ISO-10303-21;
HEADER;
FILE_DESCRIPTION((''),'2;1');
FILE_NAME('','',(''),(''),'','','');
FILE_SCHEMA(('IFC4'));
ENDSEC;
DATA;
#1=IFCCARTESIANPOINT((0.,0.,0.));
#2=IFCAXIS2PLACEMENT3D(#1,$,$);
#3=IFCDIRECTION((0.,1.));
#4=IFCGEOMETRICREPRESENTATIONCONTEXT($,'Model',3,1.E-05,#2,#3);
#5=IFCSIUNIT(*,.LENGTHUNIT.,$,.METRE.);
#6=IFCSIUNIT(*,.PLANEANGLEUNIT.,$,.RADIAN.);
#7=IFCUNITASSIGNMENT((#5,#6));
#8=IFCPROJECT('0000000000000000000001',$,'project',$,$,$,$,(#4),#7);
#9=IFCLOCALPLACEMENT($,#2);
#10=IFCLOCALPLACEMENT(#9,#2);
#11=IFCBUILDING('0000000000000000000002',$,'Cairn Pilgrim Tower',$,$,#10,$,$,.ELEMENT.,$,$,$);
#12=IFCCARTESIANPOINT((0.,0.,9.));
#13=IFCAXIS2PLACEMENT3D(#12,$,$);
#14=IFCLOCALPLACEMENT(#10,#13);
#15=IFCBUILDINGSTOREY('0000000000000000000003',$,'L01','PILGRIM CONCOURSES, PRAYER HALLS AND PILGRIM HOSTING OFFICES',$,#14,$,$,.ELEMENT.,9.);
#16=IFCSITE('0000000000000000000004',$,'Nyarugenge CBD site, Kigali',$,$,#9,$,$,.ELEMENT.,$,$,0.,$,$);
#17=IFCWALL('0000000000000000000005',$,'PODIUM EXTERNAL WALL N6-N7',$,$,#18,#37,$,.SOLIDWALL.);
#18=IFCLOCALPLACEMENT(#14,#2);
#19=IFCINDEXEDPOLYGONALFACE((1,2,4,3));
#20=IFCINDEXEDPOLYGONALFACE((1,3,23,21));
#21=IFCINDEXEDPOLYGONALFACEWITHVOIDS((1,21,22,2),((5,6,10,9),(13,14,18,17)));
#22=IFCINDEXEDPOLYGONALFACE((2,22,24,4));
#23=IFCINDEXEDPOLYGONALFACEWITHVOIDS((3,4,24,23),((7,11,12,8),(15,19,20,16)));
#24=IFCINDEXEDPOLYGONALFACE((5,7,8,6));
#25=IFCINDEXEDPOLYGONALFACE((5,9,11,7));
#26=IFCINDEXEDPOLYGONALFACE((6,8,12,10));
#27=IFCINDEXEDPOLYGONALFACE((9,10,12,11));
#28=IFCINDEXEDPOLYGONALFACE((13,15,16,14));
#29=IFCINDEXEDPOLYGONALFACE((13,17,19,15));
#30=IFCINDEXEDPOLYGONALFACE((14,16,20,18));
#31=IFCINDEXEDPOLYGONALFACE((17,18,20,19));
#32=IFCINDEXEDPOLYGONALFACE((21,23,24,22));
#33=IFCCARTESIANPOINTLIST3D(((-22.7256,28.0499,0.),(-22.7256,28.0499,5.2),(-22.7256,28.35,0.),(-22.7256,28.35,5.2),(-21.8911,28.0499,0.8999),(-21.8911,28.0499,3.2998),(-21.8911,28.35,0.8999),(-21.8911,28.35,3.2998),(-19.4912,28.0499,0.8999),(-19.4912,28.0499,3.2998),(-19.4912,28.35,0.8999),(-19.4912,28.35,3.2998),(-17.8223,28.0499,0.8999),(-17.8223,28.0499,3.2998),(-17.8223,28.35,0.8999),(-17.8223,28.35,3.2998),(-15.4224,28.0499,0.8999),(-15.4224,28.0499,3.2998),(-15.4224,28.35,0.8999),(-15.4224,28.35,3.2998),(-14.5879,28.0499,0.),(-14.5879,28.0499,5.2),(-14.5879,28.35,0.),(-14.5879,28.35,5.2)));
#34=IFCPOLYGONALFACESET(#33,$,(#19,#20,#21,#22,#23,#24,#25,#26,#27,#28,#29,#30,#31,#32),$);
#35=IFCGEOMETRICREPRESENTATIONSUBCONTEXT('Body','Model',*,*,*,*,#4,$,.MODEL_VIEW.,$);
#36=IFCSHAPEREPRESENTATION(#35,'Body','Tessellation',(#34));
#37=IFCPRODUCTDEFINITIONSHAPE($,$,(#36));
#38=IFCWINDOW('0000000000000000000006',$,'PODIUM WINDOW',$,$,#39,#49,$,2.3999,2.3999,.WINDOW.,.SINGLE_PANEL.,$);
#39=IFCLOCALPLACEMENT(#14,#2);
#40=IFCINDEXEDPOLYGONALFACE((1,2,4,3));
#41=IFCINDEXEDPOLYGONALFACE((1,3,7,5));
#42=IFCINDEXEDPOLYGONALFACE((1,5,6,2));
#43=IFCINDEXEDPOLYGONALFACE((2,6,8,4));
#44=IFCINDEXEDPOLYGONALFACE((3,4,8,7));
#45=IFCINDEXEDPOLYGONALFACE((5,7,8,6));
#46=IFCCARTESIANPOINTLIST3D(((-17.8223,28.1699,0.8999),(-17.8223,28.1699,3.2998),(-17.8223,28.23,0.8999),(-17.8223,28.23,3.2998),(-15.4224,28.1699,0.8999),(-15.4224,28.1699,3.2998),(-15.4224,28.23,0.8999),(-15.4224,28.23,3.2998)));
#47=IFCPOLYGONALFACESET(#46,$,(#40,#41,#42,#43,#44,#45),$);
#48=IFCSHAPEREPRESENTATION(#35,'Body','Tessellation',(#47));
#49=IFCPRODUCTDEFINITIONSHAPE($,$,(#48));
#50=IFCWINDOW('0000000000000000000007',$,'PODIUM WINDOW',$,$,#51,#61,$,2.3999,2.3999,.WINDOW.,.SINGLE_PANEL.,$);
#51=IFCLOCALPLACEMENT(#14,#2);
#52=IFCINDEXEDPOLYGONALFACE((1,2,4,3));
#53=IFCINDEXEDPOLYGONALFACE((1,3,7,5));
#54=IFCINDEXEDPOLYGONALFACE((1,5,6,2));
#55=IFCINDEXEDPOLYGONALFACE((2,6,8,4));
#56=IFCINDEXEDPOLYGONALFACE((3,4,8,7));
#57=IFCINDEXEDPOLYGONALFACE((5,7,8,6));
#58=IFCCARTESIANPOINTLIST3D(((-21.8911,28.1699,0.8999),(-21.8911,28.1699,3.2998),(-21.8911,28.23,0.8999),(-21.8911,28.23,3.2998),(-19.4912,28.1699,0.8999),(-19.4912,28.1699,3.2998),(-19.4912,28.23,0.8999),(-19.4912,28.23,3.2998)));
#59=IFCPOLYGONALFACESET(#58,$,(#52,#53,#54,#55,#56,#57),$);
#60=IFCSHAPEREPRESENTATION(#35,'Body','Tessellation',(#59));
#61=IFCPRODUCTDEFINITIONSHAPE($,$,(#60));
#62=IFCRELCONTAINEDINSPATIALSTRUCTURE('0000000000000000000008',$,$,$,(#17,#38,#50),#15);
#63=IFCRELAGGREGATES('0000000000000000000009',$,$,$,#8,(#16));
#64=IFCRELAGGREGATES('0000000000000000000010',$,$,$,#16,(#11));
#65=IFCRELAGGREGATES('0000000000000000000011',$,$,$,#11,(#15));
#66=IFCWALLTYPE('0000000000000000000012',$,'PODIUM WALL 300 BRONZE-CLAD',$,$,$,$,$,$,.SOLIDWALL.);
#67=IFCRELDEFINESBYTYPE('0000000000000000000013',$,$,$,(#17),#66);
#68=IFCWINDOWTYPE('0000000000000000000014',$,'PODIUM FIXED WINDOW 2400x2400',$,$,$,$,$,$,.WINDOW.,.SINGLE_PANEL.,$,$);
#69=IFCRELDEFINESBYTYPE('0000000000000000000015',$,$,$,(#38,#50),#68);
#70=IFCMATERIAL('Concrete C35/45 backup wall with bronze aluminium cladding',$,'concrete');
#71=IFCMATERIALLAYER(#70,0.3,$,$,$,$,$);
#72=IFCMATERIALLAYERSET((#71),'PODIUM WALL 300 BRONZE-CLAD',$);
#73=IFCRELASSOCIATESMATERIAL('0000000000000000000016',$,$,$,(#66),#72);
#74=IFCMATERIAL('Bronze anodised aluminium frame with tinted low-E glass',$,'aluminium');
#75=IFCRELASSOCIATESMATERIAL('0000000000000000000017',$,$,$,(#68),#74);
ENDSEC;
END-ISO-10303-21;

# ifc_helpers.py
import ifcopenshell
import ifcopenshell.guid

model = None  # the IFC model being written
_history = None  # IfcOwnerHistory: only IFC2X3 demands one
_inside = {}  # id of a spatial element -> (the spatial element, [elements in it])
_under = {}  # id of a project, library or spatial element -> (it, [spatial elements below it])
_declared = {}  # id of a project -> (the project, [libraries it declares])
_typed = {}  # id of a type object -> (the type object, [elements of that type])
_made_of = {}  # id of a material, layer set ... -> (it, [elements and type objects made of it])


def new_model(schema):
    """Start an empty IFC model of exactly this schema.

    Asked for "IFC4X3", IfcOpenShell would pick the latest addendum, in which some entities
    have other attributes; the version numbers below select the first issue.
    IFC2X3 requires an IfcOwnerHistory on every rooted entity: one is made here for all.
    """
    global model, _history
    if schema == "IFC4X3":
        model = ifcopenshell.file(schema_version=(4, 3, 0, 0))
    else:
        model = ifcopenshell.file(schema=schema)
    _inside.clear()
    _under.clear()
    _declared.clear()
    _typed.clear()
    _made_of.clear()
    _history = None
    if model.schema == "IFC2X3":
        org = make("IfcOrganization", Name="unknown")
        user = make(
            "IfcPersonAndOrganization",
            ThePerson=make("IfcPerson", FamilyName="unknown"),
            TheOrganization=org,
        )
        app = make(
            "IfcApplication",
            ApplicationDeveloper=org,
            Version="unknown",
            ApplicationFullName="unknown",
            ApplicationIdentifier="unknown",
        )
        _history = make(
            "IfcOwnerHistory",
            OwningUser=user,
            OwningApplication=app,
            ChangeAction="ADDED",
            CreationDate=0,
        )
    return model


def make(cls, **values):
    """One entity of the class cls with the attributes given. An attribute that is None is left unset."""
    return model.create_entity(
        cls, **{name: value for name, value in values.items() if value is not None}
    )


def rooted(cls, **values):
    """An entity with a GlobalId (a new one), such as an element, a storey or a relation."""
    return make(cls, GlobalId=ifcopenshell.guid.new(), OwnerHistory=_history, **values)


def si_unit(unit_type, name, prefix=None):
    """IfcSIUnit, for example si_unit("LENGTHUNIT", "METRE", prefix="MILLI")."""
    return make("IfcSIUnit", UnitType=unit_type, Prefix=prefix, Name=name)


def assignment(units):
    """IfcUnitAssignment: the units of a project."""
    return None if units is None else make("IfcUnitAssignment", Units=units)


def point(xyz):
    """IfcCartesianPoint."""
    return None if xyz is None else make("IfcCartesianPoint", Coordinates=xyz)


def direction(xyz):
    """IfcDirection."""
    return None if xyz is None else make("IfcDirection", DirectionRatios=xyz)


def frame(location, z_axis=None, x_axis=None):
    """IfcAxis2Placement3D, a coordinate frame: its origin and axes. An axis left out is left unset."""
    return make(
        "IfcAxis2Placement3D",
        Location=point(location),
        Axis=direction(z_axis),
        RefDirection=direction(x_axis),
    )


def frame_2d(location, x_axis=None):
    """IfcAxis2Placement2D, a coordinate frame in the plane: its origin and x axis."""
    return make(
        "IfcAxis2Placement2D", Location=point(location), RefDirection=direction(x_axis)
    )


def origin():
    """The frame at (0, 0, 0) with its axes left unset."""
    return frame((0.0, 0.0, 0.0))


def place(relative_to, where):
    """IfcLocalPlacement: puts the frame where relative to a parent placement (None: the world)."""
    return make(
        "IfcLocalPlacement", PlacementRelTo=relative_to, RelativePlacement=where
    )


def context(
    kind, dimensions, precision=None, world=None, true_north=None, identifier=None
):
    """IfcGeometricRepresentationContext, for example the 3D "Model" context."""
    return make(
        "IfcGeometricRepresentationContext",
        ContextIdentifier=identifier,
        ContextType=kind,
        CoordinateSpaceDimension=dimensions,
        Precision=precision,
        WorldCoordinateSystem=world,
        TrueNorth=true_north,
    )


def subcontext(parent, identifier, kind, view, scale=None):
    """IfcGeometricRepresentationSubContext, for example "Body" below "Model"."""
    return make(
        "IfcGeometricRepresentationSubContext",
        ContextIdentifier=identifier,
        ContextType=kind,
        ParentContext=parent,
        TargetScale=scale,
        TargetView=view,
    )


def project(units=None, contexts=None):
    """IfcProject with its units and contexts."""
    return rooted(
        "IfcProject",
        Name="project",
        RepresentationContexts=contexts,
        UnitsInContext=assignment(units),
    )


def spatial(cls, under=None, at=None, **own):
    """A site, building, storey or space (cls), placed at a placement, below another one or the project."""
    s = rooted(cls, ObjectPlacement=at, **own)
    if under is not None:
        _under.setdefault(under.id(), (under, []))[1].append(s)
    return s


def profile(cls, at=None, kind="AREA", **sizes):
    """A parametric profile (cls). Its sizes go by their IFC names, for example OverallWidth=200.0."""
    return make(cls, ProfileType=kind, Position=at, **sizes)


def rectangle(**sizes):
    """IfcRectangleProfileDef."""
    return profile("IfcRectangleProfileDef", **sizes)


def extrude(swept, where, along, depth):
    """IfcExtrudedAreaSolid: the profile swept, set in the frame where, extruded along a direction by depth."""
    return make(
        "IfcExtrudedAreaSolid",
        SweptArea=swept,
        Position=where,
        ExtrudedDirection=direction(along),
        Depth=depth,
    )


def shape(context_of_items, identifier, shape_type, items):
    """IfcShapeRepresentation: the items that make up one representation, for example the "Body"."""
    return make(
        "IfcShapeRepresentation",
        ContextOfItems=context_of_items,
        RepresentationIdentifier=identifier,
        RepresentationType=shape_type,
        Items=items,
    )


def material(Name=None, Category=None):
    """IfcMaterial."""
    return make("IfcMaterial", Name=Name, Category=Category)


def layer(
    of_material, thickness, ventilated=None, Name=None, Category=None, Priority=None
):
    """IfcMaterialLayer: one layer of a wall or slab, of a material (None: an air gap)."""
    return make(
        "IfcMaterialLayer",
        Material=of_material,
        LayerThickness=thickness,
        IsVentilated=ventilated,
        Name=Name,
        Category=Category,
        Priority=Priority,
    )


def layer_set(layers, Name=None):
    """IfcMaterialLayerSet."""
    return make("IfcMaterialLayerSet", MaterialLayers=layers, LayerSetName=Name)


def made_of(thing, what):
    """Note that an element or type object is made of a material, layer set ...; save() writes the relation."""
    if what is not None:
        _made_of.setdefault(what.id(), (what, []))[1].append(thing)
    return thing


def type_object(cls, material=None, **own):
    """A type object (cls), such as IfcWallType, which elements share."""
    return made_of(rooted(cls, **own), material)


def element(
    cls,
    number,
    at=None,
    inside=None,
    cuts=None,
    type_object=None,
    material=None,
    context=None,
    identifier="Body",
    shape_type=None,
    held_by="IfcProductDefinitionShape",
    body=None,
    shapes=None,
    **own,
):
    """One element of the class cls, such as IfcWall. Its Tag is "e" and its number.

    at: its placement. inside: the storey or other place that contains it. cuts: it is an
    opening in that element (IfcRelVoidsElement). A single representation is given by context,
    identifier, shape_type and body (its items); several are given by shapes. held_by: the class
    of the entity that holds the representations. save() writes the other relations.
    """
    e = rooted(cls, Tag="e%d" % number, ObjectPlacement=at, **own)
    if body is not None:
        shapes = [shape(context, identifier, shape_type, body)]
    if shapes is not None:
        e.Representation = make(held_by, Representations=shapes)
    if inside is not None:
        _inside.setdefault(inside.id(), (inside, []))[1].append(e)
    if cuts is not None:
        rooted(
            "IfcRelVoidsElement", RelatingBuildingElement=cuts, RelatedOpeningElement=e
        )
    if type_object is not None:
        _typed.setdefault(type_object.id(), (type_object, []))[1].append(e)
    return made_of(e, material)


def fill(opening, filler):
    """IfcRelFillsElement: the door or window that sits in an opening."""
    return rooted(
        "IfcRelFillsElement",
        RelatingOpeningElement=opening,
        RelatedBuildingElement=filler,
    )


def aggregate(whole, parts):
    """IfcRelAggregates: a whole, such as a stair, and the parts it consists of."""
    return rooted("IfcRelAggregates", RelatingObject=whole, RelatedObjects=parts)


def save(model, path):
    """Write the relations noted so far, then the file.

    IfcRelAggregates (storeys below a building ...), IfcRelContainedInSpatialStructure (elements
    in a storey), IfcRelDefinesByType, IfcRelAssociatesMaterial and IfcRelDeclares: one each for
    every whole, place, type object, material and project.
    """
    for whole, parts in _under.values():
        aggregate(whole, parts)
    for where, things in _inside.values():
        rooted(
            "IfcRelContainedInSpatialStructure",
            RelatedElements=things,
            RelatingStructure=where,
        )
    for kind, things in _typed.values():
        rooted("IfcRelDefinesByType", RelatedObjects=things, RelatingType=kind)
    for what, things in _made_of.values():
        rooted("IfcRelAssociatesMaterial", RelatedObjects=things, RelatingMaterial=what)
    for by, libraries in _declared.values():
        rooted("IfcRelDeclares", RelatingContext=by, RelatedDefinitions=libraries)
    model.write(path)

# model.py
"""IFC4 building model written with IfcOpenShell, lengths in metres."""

from ifc_helpers import new_model, si_unit, direction, frame, frame_2d, origin, place, context, subcontext, project, spatial, rectangle, extrude, material, layer, layer_set, type_object, element, fill, save


model = new_model("IFC4")

# Units and contexts
model_context = context("Model", 3, precision=1e-05, world=origin(), true_north=direction((0.0, 1.0)))
body_context = subcontext(model_context, "Body", "Model", "MODEL_VIEW")
ifc_project = project(units=[si_unit("LENGTHUNIT", "METRE"), si_unit("PLANEANGLEUNIT", "RADIAN")], contexts=[model_context])

# Site, building, storey
site_placement = place(None, origin())
site = spatial("IfcSite", under=ifc_project, at=site_placement, Name="Nyarugenge CBD site, Kigali", CompositionType="ELEMENT", RefElevation=0.0)
building_placement = place(site_placement, origin())
building = spatial("IfcBuilding", under=site, at=building_placement, Name="Cairn Pilgrim Tower", CompositionType="ELEMENT")
storey_placement = place(building_placement, frame((0.0, 0.0, 9.0)))
storey = spatial("IfcBuildingStorey", under=building, at=storey_placement, Name="L01", Description="PILGRIM CONCOURSES, PRAYER HALLS AND PILGRIM HOSTING OFFICES", CompositionType="ELEMENT", Elevation=9.0)

# Wall, openings, windows
ifc_material_1 = material(Name="Concrete C35/45 backup wall with bronze aluminium cladding", Category="concrete")
ifc_layer_1 = layer(ifc_material_1, 0.3)
ifc_layer_set_1 = layer_set([ifc_layer_1], Name="PODIUM WALL 300 BRONZE-CLAD")
wall_type_1 = type_object("IfcWallType", Name="PODIUM WALL 300 BRONZE-CLAD", PredefinedType="SOLIDWALL", material=ifc_layer_set_1)
ifc_material_2 = material(Name="Bronze anodised aluminium frame with tinted low-E glass", Category="aluminium")
window_type = type_object("IfcWindowType", Name="PODIUM FIXED WINDOW 2400x2400", PartitioningType="SINGLE_PANEL", PredefinedType="WINDOW", material=ifc_material_2)
wall_1_placement = place(storey_placement, frame((-14.5879, 28.2, 0.0), z_axis=(0.0, 0.0, 1.0), x_axis=(-1.0, 0.0, 0.0)))
wall_1 = element("IfcWall", 1, at=wall_1_placement, inside=storey, type_object=wall_type_1, Name="PODIUM EXTERNAL WALL N6-N7", PredefinedType="SOLIDWALL", context=body_context, shape_type="SweptSolid", body=[
    extrude(rectangle(XDim=8.1377, YDim=0.3, at=frame_2d((4.0688, 0.0))), origin(), (0.0, 0.0, 1.0), 5.2),
])
opening_1_placement = place(wall_1_placement, frame((0.8345, 0.0, 0.8999)))
opening_1 = element("IfcOpeningElement", 2, at=opening_1_placement, cuts=wall_1, PredefinedType="OPENING", context=body_context, shape_type="SweptSolid", body=[
    extrude(rectangle(XDim=2.3999, YDim=2.3999, at=frame_2d((1.2, 1.2))), frame((0.0, 0.1602, 0.0), z_axis=(0.0, -1.0, 0.0), x_axis=(1.0, 0.0, 0.0)), (0.0, 0.0, 1.0), 0.3201),
])
opening_2_placement = place(wall_1_placement, frame((4.9033, 0.0, 0.8999)))
opening_2 = element("IfcOpeningElement", 3, at=opening_2_placement, cuts=wall_1, PredefinedType="OPENING", context=body_context, shape_type="SweptSolid", body=[
    extrude(rectangle(XDim=2.3999, YDim=2.3999, at=frame_2d((1.2, 1.2))), frame((0.0, 0.1602, 0.0), z_axis=(0.0, -1.0, 0.0), x_axis=(1.0, 0.0, 0.0)), (0.0, 0.0, 1.0), 0.3201),
])
window_1_placement = place(opening_1_placement, origin())
window_1 = element("IfcWindow", 4, at=window_1_placement, inside=storey, type_object=window_type, Name="PODIUM WINDOW", OverallHeight=2.3999, OverallWidth=2.3999, PartitioningType="SINGLE_PANEL", PredefinedType="WINDOW", context=body_context, shape_type="SweptSolid", body=[
    extrude(rectangle(XDim=2.3999, YDim=2.3999, at=frame_2d((1.2, 1.2))), frame((0.0, 0.03, 0.0), z_axis=(0.0, -1.0, 0.0), x_axis=(1.0, 0.0, 0.0)), (0.0, 0.0, 1.0), 0.0601),
])
fill(opening_1, window_1)
window_2_placement = place(opening_2_placement, origin())
window_2 = element("IfcWindow", 5, at=window_2_placement, inside=storey, type_object=window_type, Name="PODIUM WINDOW", OverallHeight=2.3999, OverallWidth=2.3999, PartitioningType="SINGLE_PANEL", PredefinedType="WINDOW", context=body_context, shape_type="SweptSolid", body=[
    extrude(rectangle(XDim=2.3999, YDim=2.3999, at=frame_2d((1.2, 1.2))), frame((0.0, 0.03, 0.0), z_axis=(0.0, -1.0, 0.0), x_axis=(1.0, 0.0, 0.0)), (0.0, 0.0, 1.0), 0.0601),
])
fill(opening_2, window_2)

save(model, "model.ifc")
